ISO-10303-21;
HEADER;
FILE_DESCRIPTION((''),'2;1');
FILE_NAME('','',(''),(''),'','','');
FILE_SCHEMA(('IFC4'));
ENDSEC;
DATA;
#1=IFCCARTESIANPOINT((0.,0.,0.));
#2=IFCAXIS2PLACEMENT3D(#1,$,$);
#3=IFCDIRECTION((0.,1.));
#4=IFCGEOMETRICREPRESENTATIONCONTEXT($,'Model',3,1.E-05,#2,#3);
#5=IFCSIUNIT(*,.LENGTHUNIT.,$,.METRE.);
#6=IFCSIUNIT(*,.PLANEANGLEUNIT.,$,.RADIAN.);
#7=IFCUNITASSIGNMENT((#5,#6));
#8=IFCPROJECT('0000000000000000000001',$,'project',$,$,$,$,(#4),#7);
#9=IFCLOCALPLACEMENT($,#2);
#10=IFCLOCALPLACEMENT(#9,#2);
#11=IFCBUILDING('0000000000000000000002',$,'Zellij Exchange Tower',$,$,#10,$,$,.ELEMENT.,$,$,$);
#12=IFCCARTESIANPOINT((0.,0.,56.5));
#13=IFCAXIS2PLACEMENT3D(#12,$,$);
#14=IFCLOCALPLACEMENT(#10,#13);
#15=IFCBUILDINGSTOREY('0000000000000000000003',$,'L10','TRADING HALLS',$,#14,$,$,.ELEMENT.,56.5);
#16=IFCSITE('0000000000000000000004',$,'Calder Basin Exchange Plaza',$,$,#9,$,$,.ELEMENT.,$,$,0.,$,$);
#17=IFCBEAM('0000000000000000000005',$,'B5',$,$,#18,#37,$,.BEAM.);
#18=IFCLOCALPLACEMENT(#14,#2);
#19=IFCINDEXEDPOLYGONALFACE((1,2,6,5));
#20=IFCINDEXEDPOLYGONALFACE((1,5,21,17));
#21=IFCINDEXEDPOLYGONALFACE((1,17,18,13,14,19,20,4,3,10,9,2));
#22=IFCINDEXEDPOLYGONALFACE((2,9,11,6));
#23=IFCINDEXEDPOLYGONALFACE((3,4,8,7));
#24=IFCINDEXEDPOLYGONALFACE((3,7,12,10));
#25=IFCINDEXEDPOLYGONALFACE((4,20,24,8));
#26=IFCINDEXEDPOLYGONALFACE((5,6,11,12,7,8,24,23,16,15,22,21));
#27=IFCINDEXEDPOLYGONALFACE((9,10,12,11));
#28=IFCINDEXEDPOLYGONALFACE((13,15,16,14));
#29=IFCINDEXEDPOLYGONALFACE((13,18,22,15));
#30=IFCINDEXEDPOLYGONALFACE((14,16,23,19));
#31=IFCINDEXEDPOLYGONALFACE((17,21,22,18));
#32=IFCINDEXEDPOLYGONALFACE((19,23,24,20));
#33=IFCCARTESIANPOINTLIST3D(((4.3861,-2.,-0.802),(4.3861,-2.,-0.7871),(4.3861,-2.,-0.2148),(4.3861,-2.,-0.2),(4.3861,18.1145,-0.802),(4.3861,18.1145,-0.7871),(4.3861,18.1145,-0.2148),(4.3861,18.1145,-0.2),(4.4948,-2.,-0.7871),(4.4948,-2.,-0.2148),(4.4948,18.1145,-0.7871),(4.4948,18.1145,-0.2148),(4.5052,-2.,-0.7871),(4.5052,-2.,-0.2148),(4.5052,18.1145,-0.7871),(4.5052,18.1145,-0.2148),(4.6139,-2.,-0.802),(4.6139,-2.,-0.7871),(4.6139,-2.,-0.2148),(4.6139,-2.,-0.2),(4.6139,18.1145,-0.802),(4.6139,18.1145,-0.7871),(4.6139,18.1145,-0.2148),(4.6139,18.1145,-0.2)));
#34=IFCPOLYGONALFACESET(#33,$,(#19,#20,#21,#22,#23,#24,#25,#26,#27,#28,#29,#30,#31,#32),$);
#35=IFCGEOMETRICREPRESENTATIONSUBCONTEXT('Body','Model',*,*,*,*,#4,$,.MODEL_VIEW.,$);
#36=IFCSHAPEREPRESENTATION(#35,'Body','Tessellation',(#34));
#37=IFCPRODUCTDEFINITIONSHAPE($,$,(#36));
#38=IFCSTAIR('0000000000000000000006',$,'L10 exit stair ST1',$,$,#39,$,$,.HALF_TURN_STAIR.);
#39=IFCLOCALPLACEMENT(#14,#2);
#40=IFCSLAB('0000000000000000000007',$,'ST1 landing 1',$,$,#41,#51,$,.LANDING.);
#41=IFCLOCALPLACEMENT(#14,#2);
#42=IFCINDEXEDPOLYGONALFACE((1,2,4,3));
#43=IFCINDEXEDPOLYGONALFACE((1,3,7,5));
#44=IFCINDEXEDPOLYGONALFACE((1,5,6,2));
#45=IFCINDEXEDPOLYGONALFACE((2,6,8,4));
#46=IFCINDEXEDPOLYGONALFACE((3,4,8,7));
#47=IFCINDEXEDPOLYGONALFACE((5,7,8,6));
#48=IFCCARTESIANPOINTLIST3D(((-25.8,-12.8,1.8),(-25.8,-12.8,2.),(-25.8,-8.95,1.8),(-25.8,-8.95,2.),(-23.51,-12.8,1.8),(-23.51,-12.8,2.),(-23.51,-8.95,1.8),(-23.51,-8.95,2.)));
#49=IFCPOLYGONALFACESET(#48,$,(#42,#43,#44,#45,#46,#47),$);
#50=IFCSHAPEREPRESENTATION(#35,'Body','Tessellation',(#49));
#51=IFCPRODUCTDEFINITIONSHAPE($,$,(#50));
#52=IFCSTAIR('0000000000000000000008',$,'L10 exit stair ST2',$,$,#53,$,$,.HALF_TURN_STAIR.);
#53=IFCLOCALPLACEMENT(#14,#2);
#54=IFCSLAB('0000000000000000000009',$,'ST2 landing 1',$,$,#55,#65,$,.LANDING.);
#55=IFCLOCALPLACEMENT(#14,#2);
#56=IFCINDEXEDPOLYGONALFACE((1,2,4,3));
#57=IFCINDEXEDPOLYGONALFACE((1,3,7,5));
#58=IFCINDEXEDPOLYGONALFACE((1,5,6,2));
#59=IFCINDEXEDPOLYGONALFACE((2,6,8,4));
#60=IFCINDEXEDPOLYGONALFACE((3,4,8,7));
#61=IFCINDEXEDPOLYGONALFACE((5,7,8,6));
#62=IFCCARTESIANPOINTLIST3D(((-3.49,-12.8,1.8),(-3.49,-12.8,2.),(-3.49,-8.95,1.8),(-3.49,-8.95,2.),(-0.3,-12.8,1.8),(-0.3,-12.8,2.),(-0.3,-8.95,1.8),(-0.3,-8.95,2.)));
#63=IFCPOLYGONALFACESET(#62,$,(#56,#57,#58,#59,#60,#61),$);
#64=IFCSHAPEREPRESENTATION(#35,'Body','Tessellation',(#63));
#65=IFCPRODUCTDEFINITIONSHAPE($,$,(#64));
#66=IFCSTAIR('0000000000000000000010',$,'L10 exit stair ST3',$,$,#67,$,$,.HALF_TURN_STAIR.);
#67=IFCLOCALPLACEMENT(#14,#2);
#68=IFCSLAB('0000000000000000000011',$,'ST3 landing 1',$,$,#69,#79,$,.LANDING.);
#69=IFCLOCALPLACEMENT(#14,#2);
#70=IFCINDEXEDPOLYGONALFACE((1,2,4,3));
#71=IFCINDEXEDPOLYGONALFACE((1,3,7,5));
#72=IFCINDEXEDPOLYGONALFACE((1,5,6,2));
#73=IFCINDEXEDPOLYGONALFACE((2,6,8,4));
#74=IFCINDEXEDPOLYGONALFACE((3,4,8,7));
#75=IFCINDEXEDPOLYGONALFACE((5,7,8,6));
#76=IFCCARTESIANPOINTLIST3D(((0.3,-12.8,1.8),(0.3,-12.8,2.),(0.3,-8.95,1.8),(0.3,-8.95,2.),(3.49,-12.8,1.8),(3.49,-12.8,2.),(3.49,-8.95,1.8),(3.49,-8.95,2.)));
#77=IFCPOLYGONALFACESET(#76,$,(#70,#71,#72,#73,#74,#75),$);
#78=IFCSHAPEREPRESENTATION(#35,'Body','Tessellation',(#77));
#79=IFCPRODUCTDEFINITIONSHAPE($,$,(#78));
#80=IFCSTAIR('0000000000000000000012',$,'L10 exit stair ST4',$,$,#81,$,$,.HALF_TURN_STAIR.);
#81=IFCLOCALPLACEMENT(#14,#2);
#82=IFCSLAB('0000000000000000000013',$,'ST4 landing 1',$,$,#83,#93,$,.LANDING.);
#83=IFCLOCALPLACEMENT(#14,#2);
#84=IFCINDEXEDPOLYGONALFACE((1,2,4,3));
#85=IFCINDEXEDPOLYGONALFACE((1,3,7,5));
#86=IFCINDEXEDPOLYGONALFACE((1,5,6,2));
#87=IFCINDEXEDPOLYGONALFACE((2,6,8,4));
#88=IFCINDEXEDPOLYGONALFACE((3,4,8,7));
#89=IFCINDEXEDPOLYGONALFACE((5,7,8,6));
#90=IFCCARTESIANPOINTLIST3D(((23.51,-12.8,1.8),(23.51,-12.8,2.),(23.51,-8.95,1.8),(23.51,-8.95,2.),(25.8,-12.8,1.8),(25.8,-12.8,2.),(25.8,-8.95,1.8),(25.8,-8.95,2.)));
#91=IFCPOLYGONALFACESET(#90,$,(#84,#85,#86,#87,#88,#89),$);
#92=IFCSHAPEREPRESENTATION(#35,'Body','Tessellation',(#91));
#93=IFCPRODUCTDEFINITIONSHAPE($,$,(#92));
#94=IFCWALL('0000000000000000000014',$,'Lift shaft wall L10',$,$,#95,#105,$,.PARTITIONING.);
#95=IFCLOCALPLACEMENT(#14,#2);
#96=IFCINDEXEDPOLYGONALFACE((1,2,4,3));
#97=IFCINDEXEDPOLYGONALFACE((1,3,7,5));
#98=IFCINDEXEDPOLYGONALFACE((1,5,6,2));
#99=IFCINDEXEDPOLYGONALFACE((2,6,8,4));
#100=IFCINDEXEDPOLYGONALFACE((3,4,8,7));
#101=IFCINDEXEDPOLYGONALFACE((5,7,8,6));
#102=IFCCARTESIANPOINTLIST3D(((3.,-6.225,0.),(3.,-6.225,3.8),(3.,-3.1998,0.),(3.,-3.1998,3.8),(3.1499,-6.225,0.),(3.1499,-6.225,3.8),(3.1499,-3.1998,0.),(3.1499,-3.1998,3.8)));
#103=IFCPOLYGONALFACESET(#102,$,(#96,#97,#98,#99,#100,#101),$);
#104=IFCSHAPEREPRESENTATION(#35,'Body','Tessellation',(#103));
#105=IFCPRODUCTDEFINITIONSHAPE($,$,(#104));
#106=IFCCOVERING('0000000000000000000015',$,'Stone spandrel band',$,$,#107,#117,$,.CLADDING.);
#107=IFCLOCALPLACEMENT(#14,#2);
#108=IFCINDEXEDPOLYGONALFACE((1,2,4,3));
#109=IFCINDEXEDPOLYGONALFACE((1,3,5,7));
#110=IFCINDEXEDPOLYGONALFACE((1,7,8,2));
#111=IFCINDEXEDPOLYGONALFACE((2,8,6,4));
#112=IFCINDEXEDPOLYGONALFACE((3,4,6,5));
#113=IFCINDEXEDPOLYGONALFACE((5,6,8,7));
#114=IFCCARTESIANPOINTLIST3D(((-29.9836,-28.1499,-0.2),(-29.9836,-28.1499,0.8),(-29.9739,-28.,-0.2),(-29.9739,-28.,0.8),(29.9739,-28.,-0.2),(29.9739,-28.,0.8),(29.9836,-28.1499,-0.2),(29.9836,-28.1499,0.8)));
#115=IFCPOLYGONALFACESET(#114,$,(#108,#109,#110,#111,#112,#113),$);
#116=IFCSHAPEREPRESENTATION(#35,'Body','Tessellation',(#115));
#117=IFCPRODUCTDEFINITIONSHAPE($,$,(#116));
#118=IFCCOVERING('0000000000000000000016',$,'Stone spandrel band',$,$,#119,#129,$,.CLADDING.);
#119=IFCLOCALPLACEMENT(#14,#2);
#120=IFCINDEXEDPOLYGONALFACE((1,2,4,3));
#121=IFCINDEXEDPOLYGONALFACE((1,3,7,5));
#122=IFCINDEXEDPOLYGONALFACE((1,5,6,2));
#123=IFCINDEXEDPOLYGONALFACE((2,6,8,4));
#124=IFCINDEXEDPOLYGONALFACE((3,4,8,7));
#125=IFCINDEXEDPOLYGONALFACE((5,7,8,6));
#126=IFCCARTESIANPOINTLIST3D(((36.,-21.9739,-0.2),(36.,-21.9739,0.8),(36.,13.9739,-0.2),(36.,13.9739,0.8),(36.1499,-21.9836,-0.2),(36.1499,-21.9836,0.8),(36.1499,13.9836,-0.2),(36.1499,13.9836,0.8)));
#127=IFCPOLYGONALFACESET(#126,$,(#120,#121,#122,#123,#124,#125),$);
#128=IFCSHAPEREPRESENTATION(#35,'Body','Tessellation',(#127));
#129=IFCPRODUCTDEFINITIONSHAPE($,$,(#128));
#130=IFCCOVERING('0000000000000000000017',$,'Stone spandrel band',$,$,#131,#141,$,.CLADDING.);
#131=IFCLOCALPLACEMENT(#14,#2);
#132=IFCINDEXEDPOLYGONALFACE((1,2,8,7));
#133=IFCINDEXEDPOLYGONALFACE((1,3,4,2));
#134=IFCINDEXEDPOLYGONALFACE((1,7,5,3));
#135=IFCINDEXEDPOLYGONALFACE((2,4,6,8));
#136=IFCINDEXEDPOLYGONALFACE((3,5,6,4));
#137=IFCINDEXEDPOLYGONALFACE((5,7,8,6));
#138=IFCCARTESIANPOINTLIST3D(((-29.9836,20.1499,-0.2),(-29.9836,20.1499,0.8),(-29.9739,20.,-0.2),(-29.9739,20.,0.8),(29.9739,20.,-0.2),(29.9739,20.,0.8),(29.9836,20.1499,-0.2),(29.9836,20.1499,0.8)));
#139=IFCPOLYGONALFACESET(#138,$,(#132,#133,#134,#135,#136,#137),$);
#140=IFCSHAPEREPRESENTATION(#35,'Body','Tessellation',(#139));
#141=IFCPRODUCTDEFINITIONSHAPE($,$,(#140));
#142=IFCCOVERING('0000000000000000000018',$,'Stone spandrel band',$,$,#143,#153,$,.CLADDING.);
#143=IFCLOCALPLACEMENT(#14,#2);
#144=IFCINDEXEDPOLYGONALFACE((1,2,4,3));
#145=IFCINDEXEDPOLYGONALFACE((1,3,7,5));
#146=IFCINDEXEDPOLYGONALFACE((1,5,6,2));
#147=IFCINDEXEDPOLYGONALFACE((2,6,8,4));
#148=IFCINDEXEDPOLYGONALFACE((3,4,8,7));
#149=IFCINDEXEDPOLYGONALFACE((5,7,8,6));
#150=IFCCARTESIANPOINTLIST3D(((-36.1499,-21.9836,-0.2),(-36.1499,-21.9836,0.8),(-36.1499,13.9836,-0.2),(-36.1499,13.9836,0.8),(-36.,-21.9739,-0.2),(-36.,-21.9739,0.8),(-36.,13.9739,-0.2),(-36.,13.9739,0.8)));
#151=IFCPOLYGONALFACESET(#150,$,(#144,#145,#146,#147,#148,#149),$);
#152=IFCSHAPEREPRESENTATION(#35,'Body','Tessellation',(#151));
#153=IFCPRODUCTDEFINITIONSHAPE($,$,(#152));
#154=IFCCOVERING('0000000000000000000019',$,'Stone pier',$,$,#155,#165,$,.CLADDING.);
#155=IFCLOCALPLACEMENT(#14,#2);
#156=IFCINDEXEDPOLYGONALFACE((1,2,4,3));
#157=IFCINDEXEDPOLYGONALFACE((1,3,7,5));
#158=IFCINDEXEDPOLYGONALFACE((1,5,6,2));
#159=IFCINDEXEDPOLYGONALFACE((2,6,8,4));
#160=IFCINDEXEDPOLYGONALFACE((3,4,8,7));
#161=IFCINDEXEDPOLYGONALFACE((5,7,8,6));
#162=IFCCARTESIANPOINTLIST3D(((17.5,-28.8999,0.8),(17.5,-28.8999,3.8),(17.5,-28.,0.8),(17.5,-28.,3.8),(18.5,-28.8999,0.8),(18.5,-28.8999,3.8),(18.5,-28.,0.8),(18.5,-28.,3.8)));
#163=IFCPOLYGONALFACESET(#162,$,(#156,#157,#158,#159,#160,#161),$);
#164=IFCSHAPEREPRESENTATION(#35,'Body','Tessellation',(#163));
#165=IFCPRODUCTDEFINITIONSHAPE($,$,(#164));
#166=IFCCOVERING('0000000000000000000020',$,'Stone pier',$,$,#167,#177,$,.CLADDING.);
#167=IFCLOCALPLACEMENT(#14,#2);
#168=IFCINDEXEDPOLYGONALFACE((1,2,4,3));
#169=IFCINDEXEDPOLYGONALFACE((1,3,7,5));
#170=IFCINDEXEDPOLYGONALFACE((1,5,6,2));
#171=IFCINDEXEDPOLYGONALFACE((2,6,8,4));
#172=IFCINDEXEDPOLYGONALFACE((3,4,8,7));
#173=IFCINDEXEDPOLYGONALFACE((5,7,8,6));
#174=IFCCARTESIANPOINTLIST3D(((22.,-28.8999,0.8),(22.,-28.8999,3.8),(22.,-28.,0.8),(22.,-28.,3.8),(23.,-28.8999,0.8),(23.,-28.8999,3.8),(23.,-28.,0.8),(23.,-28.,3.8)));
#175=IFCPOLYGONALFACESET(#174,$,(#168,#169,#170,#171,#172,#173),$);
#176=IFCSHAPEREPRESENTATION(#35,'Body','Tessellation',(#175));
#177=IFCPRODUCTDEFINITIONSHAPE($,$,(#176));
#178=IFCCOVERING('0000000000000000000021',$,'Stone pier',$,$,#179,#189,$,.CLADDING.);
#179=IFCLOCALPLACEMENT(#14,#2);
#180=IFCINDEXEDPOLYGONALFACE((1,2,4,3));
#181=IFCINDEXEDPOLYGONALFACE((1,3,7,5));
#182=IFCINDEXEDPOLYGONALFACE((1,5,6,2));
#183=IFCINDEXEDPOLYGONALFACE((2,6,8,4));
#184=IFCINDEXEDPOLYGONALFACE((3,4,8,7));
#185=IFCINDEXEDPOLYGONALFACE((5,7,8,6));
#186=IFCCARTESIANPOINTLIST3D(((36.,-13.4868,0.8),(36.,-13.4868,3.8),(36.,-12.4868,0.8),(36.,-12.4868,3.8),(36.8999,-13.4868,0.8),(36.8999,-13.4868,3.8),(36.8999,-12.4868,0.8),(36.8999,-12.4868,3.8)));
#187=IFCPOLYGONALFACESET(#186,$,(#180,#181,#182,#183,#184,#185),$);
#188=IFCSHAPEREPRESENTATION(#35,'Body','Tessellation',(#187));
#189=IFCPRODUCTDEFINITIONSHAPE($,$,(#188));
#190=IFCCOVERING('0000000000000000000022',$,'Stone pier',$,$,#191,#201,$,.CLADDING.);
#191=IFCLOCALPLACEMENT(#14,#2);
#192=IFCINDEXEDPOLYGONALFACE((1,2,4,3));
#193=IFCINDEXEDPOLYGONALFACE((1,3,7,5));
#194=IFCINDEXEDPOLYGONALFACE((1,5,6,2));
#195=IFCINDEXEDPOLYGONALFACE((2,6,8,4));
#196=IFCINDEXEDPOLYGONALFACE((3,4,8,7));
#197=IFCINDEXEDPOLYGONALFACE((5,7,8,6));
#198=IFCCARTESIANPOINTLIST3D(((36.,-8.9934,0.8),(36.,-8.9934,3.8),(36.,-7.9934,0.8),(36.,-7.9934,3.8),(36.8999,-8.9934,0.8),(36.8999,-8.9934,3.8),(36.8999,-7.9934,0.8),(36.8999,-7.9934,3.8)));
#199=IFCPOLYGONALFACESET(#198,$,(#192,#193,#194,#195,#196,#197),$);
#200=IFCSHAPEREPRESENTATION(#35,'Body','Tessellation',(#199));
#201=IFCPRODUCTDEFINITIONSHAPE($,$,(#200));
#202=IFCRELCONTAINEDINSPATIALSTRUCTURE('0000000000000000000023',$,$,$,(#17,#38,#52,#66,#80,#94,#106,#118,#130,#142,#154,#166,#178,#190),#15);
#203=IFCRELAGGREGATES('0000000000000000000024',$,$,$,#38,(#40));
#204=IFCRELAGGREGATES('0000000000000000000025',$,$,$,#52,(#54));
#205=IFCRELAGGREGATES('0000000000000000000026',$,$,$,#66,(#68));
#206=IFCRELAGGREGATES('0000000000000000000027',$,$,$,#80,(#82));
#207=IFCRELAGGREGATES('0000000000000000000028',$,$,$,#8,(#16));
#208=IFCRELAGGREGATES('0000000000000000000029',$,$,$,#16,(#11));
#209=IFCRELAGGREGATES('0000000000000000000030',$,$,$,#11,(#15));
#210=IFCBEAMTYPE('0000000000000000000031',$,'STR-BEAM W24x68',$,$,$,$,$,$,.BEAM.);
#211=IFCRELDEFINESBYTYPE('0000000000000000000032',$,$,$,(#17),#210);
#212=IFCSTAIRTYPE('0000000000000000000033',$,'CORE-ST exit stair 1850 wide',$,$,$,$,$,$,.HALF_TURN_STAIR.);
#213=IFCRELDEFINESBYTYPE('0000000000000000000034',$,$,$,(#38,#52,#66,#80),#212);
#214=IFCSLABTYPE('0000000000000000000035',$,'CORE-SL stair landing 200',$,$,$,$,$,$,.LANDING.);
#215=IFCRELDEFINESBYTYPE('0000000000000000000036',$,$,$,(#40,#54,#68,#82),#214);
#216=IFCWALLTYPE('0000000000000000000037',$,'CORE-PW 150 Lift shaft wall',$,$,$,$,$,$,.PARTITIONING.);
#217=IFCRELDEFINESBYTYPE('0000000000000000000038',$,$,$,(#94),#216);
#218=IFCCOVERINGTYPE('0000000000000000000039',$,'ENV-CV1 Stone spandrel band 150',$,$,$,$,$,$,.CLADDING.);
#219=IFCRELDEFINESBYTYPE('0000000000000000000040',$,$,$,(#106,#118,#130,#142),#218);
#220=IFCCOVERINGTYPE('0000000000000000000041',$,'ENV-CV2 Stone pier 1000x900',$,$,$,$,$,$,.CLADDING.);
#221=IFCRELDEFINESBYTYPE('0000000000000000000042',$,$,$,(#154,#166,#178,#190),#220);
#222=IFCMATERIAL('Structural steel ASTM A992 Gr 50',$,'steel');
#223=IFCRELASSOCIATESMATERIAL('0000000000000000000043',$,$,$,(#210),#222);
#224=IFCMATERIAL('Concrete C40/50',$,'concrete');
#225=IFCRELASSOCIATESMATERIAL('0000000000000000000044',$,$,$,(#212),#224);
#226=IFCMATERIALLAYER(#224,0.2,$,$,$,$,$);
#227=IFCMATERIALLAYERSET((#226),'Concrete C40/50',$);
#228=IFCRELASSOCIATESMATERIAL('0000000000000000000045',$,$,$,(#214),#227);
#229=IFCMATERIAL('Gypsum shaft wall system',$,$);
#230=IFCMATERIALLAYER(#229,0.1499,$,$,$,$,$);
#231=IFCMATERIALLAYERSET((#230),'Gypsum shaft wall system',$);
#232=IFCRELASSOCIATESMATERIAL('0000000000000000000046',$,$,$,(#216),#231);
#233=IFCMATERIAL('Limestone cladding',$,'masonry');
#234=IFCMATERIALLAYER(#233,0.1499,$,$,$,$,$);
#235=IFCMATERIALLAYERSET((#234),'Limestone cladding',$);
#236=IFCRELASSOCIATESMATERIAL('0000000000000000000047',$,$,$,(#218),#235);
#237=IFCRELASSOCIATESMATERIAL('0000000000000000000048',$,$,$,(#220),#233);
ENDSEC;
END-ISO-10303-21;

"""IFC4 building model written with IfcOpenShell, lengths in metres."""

from ifc_helpers import new_model, si_unit, direction, frame, frame_2d, origin, origin_2d, place, context, subcontext, project, spatial, polyline, rectangle, i_section, outline, extrude, material, layer, layer_set, material_profile, profile_set, type_object, element, aggregate, save


model = new_model("IFC4")

# Units and contexts
model_context = context("Model", 3, precision=1e-05, world=origin(), true_north=direction((0.0, 1.0)))
body_context = subcontext(model_context, "Body", "Model", "MODEL_VIEW")
ifc_project = project(units=[si_unit("LENGTHUNIT", "METRE"), si_unit("PLANEANGLEUNIT", "RADIAN")], contexts=[model_context])

# Site, building, storey
site_placement = place(None, origin())
site = spatial("IfcSite", under=ifc_project, at=site_placement, Name="Calder Basin Exchange Plaza", CompositionType="ELEMENT", RefElevation=0.0)
building_placement = place(site_placement, origin())
building = spatial("IfcBuilding", under=site, at=building_placement, Name="Zellij Exchange Tower", CompositionType="ELEMENT")
storey_placement = place(building_placement, frame((0.0, 0.0, 56.5)))
storey = spatial("IfcBuildingStorey", under=building, at=storey_placement, Name="L10", Description="TRADING HALLS", CompositionType="ELEMENT", Elevation=56.5)

# Beam
ifc_material_1 = material(Name="Structural steel ASTM A992 Gr 50", Category="steel")
ifc_material_profile = material_profile(ifc_material_1, i_section(OverallWidth=0.2278, OverallDepth=0.6021, WebThickness=0.0105, FlangeThickness=0.0149, at=origin_2d()), Name="W24x68")
ifc_profile_set = profile_set([ifc_material_profile], Name="Structural steel ASTM A992 Gr 50")
beam_type = type_object("IfcBeamType", Name="STR-BEAM W24x68", PredefinedType="BEAM", material=ifc_profile_set)
beam_placement = place(storey_placement, frame((4.5, -2.0, -0.501), z_axis=(0.0, 1.0, 0.0), x_axis=(-1.0, 0.0, 0.0)))
element("IfcBeam", 1, at=beam_placement, inside=storey, type_object=beam_type, Name="B5", PredefinedType="BEAM", context=body_context, shape_type="SweptSolid", body=[
    extrude(i_section(OverallWidth=0.2278, OverallDepth=0.6021, WebThickness=0.0105, FlangeThickness=0.0149, at=origin_2d()), origin(), (0.0, 0.0, 1.0), 20.1145),
])

# Stairs, slabs
ifc_material_2 = material(Name="Concrete C40/50", Category="concrete")
stair_type = type_object("IfcStairType", Name="CORE-ST exit stair 1850 wide", PredefinedType="HALF_TURN_STAIR", material=ifc_material_2)
stair_1_placement = place(storey_placement, origin())
stair_1 = element("IfcStair", 2, at=stair_1_placement, inside=storey, type_object=stair_type, Name="L10 exit stair ST1", PredefinedType="HALF_TURN_STAIR")
ifc_layer_1 = layer(ifc_material_2, 0.2)
ifc_layer_set_1 = layer_set([ifc_layer_1], Name="Concrete C40/50")
slab_type = type_object("IfcSlabType", Name="CORE-SL stair landing 200", PredefinedType="LANDING", material=ifc_layer_set_1)
slab_1_placement = place(storey_placement, frame((0.0, 0.0, 1.8)))
slab_1 = element("IfcSlab", 3, at=slab_1_placement, type_object=slab_type, Name="ST1 landing 1", PredefinedType="LANDING", context=body_context, shape_type="SweptSolid", body=[
    extrude(outline(polyline([(-23.51, -8.95), (-25.8, -8.95), (-25.8, -12.8), (-23.51, -12.8), (-23.51, -8.95)])), origin(), (0.0, 0.0, 1.0), 0.2),
])
aggregate(stair_1, [slab_1])
stair_2_placement = place(storey_placement, origin())
stair_2 = element("IfcStair", 4, at=stair_2_placement, inside=storey, type_object=stair_type, Name="L10 exit stair ST2", PredefinedType="HALF_TURN_STAIR")
slab_2_placement = place(storey_placement, frame((0.0, 0.0, 1.8)))
slab_2 = element("IfcSlab", 5, at=slab_2_placement, type_object=slab_type, Name="ST2 landing 1", PredefinedType="LANDING", context=body_context, shape_type="SweptSolid", body=[
    extrude(outline(polyline([(-3.49, -12.8), (-0.3, -12.8), (-0.3, -8.95), (-3.49, -8.95), (-3.49, -12.8)])), origin(), (0.0, 0.0, 1.0), 0.2),
])
aggregate(stair_2, [slab_2])
stair_3_placement = place(storey_placement, origin())
stair_3 = element("IfcStair", 6, at=stair_3_placement, inside=storey, type_object=stair_type, Name="L10 exit stair ST3", PredefinedType="HALF_TURN_STAIR")
slab_3_placement = place(storey_placement, frame((0.0, 0.0, 1.8)))
slab_3 = element("IfcSlab", 7, at=slab_3_placement, type_object=slab_type, Name="ST3 landing 1", PredefinedType="LANDING", context=body_context, shape_type="SweptSolid", body=[
    extrude(outline(polyline([(3.49, -8.95), (0.3, -8.95), (0.3, -12.8), (3.49, -12.8), (3.49, -8.95)])), origin(), (0.0, 0.0, 1.0), 0.2),
])
aggregate(stair_3, [slab_3])
stair_4_placement = place(storey_placement, origin())
stair_4 = element("IfcStair", 8, at=stair_4_placement, inside=storey, type_object=stair_type, Name="L10 exit stair ST4", PredefinedType="HALF_TURN_STAIR")
slab_4_placement = place(storey_placement, frame((0.0, 0.0, 1.8)))
slab_4 = element("IfcSlab", 9, at=slab_4_placement, type_object=slab_type, Name="ST4 landing 1", PredefinedType="LANDING", context=body_context, shape_type="SweptSolid", body=[
    extrude(outline(polyline([(23.51, -12.8), (25.8, -12.8), (25.8, -8.95), (23.51, -8.95), (23.51, -12.8)])), origin(), (0.0, 0.0, 1.0), 0.2),
])
aggregate(stair_4, [slab_4])

# Wall
ifc_material_3 = material(Name="Gypsum shaft wall system")
ifc_layer_2 = layer(ifc_material_3, 0.1499)
ifc_layer_set_2 = layer_set([ifc_layer_2], Name="Gypsum shaft wall system")
wall_type = type_object("IfcWallType", Name="CORE-PW 150 Lift shaft wall", PredefinedType="PARTITIONING", material=ifc_layer_set_2)
wall_placement = place(storey_placement, frame((3.075, -6.2251, 0.0), z_axis=(0.0, 0.0, 1.0), x_axis=(0.0, 1.0, 0.0)))
element("IfcWall", 10, at=wall_placement, inside=storey, type_object=wall_type, Name="Lift shaft wall L10", PredefinedType="PARTITIONING", context=body_context, shape_type="SweptSolid", body=[
    extrude(rectangle(XDim=3.0251, YDim=0.1499, at=frame_2d((1.5127, 0.0))), origin(), (0.0, 0.0, 1.0), 3.8),
])

# Coverings
ifc_material_4 = material(Name="Limestone cladding", Category="masonry")
ifc_layer_3 = layer(ifc_material_4, 0.1499)
ifc_layer_set_3 = layer_set([ifc_layer_3], Name="Limestone cladding")
covering_type_1 = type_object("IfcCoveringType", Name="ENV-CV1 Stone spandrel band 150", PredefinedType="CLADDING", material=ifc_layer_set_3)
covering_1_placement = place(storey_placement, frame((0.0, 0.0, -0.2)))
element("IfcCovering", 11, at=covering_1_placement, inside=storey, type_object=covering_type_1, Name="Stone spandrel band", PredefinedType="CLADDING", context=body_context, shape_type="SweptSolid", body=[
    extrude(outline(polyline([(-29.9739, -28.0), (29.9739, -28.0), (29.9836, -28.1499), (-29.9836, -28.1499), (-29.9739, -28.0)])), origin(), (0.0, 0.0, 1.0), 1.0),
])
covering_2_placement = place(storey_placement, frame((0.0, 0.0, -0.2)))
element("IfcCovering", 12, at=covering_2_placement, inside=storey, type_object=covering_type_1, Name="Stone spandrel band", PredefinedType="CLADDING", context=body_context, shape_type="SweptSolid", body=[
    extrude(outline(polyline([(36.0, -21.9739), (36.0, 13.9739), (36.1499, 13.9836), (36.1499, -21.9836), (36.0, -21.9739)])), origin(), (0.0, 0.0, 1.0), 1.0),
])
covering_3_placement = place(storey_placement, frame((0.0, 0.0, -0.2)))
element("IfcCovering", 13, at=covering_3_placement, inside=storey, type_object=covering_type_1, Name="Stone spandrel band", PredefinedType="CLADDING", context=body_context, shape_type="SweptSolid", body=[
    extrude(outline(polyline([(29.9739, 20.0), (-29.9739, 20.0), (-29.9836, 20.1499), (29.9836, 20.1499), (29.9739, 20.0)])), origin(), (0.0, 0.0, 1.0), 1.0),
])
covering_4_placement = place(storey_placement, frame((0.0, 0.0, -0.2)))
element("IfcCovering", 14, at=covering_4_placement, inside=storey, type_object=covering_type_1, Name="Stone spandrel band", PredefinedType="CLADDING", context=body_context, shape_type="SweptSolid", body=[
    extrude(outline(polyline([(-36.0, 13.9739), (-36.0, -21.9739), (-36.1499, -21.9836), (-36.1499, 13.9836), (-36.0, 13.9739)])), origin(), (0.0, 0.0, 1.0), 1.0),
])
covering_type_2 = type_object("IfcCoveringType", Name="ENV-CV2 Stone pier 1000x900", PredefinedType="CLADDING", material=ifc_material_4)
covering_5_placement = place(storey_placement, frame((0.0, 0.0, 0.8)))
element("IfcCovering", 15, at=covering_5_placement, inside=storey, type_object=covering_type_2, Name="Stone pier", PredefinedType="CLADDING", context=body_context, shape_type="SweptSolid", body=[
    extrude(outline(polyline([(17.5, -28.0), (18.5, -28.0), (18.5, -28.8999), (17.5, -28.8999), (17.5, -28.0)])), origin(), (0.0, 0.0, 1.0), 3.0),
])
covering_6_placement = place(storey_placement, frame((0.0, 0.0, 0.8)))
element("IfcCovering", 16, at=covering_6_placement, inside=storey, type_object=covering_type_2, Name="Stone pier", PredefinedType="CLADDING", context=body_context, shape_type="SweptSolid", body=[
    extrude(outline(polyline([(22.0, -28.0), (23.0, -28.0), (23.0, -28.8999), (22.0, -28.8999), (22.0, -28.0)])), origin(), (0.0, 0.0, 1.0), 3.0),
])
covering_7_placement = place(storey_placement, frame((0.0, 0.0, 0.8)))
element("IfcCovering", 17, at=covering_7_placement, inside=storey, type_object=covering_type_2, Name="Stone pier", PredefinedType="CLADDING", context=body_context, shape_type="SweptSolid", body=[
    extrude(outline(polyline([(36.0, -13.4868), (36.0, -12.4868), (36.8999, -12.4868), (36.8999, -13.4868), (36.0, -13.4868)])), origin(), (0.0, 0.0, 1.0), 3.0),
])
covering_8_placement = place(storey_placement, frame((0.0, 0.0, 0.8)))
element("IfcCovering", 18, at=covering_8_placement, inside=storey, type_object=covering_type_2, Name="Stone pier", PredefinedType="CLADDING", context=body_context, shape_type="SweptSolid", body=[
    extrude(outline(polyline([(36.0, -8.9934), (36.0, -7.9934), (36.8999, -7.9934), (36.8999, -8.9934), (36.0, -8.9934)])), origin(), (0.0, 0.0, 1.0), 3.0),
])

save(model, "model.ifc")
